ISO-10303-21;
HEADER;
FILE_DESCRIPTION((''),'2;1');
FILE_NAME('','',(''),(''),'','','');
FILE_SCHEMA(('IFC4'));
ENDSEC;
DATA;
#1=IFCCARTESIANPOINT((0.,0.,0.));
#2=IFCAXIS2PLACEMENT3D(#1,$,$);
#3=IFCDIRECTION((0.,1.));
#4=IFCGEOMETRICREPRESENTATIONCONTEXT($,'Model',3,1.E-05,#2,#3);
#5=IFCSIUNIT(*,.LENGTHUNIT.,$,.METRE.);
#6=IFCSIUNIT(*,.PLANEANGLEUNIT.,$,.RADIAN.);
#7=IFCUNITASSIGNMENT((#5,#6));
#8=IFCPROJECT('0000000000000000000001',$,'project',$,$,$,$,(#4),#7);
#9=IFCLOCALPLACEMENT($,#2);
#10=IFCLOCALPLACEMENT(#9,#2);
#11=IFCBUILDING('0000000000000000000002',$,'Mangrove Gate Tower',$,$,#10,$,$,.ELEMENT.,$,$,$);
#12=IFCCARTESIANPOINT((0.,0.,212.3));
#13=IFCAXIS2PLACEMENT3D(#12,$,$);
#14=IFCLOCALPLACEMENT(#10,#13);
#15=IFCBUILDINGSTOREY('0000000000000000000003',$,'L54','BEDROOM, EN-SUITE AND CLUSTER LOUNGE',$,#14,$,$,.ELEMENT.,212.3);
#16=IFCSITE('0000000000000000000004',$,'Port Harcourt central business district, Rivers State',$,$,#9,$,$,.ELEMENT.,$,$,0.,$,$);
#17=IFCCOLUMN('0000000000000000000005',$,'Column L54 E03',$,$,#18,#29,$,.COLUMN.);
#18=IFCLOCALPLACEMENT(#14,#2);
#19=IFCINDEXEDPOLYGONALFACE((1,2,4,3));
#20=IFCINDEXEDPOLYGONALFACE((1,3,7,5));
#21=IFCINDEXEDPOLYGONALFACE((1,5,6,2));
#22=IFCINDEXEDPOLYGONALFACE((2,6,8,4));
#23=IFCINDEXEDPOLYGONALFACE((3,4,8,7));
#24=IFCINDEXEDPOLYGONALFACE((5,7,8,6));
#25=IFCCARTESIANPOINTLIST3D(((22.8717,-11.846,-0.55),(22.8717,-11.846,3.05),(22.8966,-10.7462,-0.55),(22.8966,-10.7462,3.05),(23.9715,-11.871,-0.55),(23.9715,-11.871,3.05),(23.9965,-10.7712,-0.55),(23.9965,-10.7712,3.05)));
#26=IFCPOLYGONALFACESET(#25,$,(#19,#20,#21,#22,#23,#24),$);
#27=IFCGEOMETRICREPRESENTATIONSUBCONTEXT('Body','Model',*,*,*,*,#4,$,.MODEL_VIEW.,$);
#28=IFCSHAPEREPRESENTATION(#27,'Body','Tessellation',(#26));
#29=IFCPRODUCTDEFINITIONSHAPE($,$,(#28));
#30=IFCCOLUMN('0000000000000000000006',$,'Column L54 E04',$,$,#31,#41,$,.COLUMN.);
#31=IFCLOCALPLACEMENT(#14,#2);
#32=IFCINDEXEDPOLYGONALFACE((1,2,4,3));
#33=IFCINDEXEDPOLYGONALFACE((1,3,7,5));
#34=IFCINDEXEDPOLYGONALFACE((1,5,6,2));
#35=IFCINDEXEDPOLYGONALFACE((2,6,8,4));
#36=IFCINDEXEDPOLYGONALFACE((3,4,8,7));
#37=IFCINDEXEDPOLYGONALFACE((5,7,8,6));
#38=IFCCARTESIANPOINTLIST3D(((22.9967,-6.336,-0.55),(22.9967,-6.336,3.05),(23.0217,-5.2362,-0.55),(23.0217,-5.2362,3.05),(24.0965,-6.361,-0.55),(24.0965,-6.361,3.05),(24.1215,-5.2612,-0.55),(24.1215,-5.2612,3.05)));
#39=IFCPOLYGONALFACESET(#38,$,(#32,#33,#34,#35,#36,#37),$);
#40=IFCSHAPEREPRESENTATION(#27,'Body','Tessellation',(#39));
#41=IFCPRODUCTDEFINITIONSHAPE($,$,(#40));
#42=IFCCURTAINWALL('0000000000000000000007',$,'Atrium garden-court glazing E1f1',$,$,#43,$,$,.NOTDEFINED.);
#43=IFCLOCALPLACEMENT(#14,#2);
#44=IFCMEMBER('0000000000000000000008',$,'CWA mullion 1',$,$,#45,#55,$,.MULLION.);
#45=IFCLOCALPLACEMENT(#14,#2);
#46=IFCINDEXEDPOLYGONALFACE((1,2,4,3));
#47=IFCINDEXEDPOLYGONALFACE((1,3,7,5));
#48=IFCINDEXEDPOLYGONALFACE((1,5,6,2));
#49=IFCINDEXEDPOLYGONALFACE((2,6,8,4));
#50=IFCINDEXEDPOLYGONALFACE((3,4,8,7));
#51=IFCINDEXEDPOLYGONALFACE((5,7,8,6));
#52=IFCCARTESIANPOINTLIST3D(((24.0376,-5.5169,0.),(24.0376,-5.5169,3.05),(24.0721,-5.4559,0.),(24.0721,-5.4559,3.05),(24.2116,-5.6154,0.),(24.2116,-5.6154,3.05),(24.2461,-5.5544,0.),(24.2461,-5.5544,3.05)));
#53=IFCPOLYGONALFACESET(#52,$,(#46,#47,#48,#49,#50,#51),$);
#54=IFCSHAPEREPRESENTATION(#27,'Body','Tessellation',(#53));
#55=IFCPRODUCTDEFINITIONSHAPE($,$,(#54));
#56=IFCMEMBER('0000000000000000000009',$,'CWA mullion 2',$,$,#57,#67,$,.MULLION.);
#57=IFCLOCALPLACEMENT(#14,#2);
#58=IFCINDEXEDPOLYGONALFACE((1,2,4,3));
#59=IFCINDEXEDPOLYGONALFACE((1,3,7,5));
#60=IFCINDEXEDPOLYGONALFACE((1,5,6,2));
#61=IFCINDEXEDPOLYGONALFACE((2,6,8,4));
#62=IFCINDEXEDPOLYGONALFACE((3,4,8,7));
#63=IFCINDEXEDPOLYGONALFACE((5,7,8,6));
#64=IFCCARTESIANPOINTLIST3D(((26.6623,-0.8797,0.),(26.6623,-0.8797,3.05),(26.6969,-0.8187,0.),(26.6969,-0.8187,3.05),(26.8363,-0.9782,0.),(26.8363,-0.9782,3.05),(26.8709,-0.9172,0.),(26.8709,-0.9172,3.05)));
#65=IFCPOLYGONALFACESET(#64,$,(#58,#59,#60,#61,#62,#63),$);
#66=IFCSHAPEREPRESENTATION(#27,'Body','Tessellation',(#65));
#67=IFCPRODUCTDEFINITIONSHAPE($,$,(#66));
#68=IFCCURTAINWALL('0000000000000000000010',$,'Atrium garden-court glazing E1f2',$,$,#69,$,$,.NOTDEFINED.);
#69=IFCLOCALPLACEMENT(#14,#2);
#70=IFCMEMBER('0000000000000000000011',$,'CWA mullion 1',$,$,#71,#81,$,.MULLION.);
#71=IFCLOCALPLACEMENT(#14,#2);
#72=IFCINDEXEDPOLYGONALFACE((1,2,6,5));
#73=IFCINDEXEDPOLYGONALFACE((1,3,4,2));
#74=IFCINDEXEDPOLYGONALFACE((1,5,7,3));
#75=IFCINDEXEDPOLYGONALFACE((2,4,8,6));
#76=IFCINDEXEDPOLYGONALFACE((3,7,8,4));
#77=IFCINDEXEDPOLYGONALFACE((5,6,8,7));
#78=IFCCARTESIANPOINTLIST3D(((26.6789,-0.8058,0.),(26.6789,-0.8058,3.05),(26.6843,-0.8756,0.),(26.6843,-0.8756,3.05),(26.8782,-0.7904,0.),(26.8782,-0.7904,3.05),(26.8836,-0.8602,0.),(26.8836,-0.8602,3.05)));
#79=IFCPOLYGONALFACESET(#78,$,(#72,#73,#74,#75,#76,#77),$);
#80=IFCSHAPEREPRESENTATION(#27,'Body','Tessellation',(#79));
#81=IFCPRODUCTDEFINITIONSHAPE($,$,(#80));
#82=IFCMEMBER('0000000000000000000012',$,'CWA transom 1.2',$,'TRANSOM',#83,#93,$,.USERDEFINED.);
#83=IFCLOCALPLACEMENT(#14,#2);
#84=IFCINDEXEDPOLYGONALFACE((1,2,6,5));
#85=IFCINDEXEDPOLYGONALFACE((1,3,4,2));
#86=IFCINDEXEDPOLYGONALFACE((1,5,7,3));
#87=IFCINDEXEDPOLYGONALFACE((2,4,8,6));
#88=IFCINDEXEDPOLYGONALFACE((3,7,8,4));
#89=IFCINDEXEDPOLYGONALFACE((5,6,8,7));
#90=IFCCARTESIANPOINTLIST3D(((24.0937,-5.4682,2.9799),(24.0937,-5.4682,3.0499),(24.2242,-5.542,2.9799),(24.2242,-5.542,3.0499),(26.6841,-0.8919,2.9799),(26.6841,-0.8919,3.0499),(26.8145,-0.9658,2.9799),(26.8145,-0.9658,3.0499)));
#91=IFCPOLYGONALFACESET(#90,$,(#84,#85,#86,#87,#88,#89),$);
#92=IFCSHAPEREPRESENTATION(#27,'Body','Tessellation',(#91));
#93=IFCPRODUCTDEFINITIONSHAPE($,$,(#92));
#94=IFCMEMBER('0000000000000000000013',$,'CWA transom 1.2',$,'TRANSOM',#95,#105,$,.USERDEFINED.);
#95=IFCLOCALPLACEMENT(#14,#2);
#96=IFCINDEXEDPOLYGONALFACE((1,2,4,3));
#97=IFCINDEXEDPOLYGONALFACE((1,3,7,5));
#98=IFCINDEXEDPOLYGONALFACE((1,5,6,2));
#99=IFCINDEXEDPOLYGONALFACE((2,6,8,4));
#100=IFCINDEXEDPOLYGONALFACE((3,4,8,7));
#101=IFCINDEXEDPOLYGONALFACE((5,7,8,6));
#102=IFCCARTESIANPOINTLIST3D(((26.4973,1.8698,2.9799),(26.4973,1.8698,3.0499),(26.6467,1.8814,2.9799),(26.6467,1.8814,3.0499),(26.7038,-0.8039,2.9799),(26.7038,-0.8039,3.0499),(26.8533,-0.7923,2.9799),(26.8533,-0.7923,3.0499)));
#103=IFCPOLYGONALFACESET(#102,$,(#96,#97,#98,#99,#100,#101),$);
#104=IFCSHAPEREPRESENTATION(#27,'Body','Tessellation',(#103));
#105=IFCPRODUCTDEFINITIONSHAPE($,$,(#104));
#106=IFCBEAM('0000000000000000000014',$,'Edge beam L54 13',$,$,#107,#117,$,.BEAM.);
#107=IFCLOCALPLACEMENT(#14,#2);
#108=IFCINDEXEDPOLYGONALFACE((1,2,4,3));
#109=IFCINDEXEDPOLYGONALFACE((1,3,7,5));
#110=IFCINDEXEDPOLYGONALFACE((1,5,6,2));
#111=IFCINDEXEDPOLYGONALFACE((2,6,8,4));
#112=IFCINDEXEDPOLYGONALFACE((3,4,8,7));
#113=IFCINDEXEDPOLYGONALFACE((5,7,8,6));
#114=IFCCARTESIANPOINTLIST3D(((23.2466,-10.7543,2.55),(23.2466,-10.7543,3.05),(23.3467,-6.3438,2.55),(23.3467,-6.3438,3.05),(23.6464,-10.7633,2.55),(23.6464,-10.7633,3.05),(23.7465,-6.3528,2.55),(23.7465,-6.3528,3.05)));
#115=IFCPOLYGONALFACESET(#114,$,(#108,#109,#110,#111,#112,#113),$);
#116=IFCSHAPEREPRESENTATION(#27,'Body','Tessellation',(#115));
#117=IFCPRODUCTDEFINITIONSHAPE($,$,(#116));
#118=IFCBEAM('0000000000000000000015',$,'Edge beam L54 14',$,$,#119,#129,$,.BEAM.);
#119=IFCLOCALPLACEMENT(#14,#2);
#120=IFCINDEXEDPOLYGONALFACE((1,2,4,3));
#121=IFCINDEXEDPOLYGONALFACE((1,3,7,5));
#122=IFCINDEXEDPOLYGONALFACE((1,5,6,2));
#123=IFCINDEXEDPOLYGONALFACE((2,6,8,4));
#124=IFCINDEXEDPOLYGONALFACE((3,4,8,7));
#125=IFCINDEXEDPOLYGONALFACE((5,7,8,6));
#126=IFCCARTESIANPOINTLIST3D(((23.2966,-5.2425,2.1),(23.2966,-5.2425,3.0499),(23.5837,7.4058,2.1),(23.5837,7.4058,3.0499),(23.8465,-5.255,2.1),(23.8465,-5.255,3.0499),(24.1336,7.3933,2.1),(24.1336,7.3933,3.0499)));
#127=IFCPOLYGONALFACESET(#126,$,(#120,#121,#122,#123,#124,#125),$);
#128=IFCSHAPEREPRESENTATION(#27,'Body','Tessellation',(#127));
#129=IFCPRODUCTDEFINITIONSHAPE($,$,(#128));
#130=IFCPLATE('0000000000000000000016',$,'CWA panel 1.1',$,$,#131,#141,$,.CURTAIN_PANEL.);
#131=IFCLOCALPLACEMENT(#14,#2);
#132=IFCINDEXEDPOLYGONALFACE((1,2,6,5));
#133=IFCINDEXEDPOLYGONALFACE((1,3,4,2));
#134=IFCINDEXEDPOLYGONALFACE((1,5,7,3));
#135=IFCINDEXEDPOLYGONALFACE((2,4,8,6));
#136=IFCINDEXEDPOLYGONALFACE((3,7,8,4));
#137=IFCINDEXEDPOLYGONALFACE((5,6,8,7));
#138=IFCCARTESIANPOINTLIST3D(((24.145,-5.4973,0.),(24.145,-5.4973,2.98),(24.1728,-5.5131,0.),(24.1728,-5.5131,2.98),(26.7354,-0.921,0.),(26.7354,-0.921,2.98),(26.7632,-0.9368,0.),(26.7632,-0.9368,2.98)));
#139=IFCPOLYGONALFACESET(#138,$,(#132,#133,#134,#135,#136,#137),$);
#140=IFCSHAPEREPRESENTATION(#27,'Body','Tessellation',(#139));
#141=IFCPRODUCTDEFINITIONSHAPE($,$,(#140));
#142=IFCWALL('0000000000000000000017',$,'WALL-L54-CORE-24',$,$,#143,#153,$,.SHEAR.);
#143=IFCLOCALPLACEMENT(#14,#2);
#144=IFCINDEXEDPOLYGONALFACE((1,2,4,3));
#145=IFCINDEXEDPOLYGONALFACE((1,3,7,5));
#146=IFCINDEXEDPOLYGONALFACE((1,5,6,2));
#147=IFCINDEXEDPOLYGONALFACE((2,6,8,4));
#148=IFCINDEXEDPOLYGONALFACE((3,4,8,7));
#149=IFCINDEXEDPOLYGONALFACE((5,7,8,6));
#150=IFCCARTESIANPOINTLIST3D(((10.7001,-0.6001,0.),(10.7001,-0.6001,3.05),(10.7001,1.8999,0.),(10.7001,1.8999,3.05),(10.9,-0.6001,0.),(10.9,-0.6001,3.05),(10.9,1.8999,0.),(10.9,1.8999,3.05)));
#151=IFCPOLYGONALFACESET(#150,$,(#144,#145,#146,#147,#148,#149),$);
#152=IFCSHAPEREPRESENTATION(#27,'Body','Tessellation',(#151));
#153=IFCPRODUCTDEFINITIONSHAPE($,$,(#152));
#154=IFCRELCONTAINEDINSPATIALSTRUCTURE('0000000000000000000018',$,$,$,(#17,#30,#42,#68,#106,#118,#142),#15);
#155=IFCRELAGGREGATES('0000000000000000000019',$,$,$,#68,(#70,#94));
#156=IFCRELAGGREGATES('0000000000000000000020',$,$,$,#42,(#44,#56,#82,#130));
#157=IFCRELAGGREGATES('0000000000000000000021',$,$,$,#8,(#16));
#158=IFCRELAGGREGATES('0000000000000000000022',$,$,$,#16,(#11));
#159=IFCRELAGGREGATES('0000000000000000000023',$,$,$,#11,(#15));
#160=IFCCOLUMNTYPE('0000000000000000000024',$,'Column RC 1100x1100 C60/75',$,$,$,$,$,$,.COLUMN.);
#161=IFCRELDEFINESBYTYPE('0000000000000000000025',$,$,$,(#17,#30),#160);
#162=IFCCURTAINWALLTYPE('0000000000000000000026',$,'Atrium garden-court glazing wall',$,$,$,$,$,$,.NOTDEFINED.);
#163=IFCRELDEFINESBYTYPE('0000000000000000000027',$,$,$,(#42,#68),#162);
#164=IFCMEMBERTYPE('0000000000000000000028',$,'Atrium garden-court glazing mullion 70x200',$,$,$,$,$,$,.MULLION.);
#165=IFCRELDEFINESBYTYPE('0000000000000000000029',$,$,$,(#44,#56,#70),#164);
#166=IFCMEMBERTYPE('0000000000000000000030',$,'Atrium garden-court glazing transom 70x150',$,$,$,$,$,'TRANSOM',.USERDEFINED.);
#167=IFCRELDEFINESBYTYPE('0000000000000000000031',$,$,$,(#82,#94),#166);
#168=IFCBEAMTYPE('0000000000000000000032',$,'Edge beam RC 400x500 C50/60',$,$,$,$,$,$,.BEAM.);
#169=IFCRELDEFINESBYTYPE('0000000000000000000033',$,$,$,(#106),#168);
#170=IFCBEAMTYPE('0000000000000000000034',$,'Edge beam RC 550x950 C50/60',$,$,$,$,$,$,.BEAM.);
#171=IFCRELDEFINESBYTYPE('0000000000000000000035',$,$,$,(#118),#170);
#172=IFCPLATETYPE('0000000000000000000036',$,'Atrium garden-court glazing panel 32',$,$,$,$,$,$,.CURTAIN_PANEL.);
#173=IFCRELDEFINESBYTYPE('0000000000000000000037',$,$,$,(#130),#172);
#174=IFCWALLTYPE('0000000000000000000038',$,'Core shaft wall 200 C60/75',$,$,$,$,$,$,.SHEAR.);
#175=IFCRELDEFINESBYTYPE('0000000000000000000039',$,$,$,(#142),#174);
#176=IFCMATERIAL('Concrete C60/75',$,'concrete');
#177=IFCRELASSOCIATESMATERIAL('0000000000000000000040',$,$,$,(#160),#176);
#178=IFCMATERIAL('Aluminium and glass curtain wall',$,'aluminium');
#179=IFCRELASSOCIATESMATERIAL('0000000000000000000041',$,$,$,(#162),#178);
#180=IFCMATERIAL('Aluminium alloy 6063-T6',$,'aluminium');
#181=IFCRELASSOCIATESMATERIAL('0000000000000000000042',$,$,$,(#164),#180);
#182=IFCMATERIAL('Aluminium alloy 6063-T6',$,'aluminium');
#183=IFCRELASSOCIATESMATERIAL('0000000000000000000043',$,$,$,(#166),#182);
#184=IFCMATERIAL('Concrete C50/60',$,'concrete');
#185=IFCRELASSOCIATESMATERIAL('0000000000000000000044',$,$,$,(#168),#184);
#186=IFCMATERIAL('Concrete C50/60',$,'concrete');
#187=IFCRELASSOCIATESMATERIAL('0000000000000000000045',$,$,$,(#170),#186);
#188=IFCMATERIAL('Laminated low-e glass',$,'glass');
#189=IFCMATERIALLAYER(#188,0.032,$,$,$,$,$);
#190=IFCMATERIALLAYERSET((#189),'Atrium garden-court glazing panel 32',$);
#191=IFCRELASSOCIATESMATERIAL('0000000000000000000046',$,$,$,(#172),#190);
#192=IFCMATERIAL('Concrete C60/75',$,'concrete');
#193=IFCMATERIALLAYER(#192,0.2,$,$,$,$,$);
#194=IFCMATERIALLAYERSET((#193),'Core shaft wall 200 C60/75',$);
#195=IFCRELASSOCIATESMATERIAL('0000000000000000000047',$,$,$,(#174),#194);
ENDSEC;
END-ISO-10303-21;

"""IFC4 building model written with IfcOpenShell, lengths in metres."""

from ifc_helpers import new_model, si_unit, direction, frame, frame_2d, origin, origin_2d, place, context, subcontext, project, spatial, rectangle, extrude, material, layer, layer_set, material_profile, profile_set, type_object, element, aggregate, save


model = new_model("IFC4")

# Units and contexts
model_context = context("Model", 3, precision=1e-05, world=origin(), true_north=direction((0.0, 1.0)))
body_context = subcontext(model_context, "Body", "Model", "MODEL_VIEW")
ifc_project = project(units=[si_unit("LENGTHUNIT", "METRE"), si_unit("PLANEANGLEUNIT", "RADIAN")], contexts=[model_context])

# Site, building, storey
site_placement = place(None, origin())
site = spatial("IfcSite", under=ifc_project, at=site_placement, Name="Port Harcourt central business district, Rivers State", CompositionType="ELEMENT", RefElevation=0.0)
building_placement = place(site_placement, origin())
building = spatial("IfcBuilding", under=site, at=building_placement, Name="Mangrove Gate Tower", CompositionType="ELEMENT")
storey_placement = place(building_placement, frame((0.0, 0.0, 212.3)))
storey = spatial("IfcBuildingStorey", under=building, at=storey_placement, Name="L54", Description="BEDROOM, EN-SUITE AND CLUSTER LOUNGE", CompositionType="ELEMENT", Elevation=212.3)

# Columns
ifc_material_1 = material(Name="Concrete C60/75", Category="concrete")
ifc_material_profile_1 = material_profile(ifc_material_1, rectangle(XDim=1.1001, YDim=1.1001, at=origin_2d()))
ifc_profile_set_1 = profile_set([ifc_material_profile_1], Name="Concrete C60/75")
column_type = type_object("IfcColumnType", Name="Column RC 1100x1100 C60/75", PredefinedType="COLUMN", material=ifc_profile_set_1)
for number, where, z_axis, x_axis, name in (
    (1, (23.4341, -11.3086, -0.55), (0.0, 0.0, 1.0), (0.022678, 0.999743, 0.0), "Column L54 E03"),
    (2, (23.5591, -5.7986, -0.55), (0.0, 0.0, 1.0), (0.022686, 0.999743, 0.0), "Column L54 E04"),
):
    element("IfcColumn", number, at=place(storey_placement, frame(where, z_axis=z_axis, x_axis=x_axis)), inside=storey, type_object=column_type, Name=name, PredefinedType="COLUMN", context=body_context, shape_type="SweptSolid", body=[
        extrude(rectangle(XDim=1.1001, YDim=1.1001, at=origin_2d()), origin(), (0.0, 0.0, 1.0), 3.6001),
    ])

# Curtain wall, members
ifc_material_2 = material(Name="Aluminium and glass curtain wall", Category="aluminium")
curtain_wall_type = type_object("IfcCurtainWallType", Name="Atrium garden-court glazing wall", PredefinedType="NOTDEFINED", material=ifc_material_2)
curtain_wall_1_placement = place(storey_placement, origin())
curtain_wall_1 = element("IfcCurtainWall", 3, at=curtain_wall_1_placement, inside=storey, type_object=curtain_wall_type, Name="Atrium garden-court glazing E1f1", PredefinedType="NOTDEFINED")
ifc_material_3 = material(Name="Aluminium alloy 6063-T6", Category="aluminium")
ifc_material_profile_2 = material_profile(ifc_material_3, rectangle(XDim=0.0701, YDim=0.2, at=origin_2d()))
ifc_profile_set_2 = profile_set([ifc_material_profile_2], Name="Aluminium alloy 6063-T6")
member_type_1 = type_object("IfcMemberType", Name="Atrium garden-court glazing mullion 70x200", PredefinedType="MULLION", material=ifc_profile_set_2)
member_1_placement = place(storey_placement, frame((24.1418, -5.5356, 0.0), z_axis=(0.0, 0.0, 1.0), x_axis=(0.4926, 0.870256, 0.0)))
member_1 = element("IfcMember", 4, at=member_1_placement, type_object=member_type_1, Name="CWA mullion 1", PredefinedType="MULLION", context=body_context, shape_type="SweptSolid", body=[
    extrude(rectangle(XDim=0.0701, YDim=0.2, at=origin_2d()), origin(), (0.0, 0.0, 1.0), 3.05),
])
member_2_placement = place(storey_placement, frame((26.7666, -0.8984, 0.0), z_axis=(0.0, 0.0, 1.0), x_axis=(0.4926, 0.870256, 0.0)))
member_2 = element("IfcMember", 5, at=member_2_placement, type_object=member_type_1, Name="CWA mullion 2", PredefinedType="MULLION", context=body_context, shape_type="SweptSolid", body=[
    extrude(rectangle(XDim=0.0701, YDim=0.2, at=origin_2d()), origin(), (0.0, 0.0, 1.0), 3.05),
])

# Curtain wall, member
curtain_wall_2_placement = place(storey_placement, origin())
curtain_wall_2 = element("IfcCurtainWall", 6, at=curtain_wall_2_placement, inside=storey, type_object=curtain_wall_type, Name="Atrium garden-court glazing E1f2", PredefinedType="NOTDEFINED")
member_3_placement = place(storey_placement, frame((26.7812, -0.833, 0.0), z_axis=(0.0, 0.0, 1.0), x_axis=(-0.077023, 0.997029, 0.0)))
member_3 = element("IfcMember", 7, at=member_3_placement, type_object=member_type_1, Name="CWA mullion 1", PredefinedType="MULLION", context=body_context, shape_type="SweptSolid", body=[
    extrude(rectangle(XDim=0.0701, YDim=0.2, at=origin_2d()), origin(), (0.0, 0.0, 1.0), 3.05),
])

# Members
ifc_material_4 = material(Name="Aluminium alloy 6063-T6", Category="aluminium")
ifc_material_profile_3 = material_profile(ifc_material_4, rectangle(XDim=0.0701, YDim=0.1499, at=origin_2d()))
ifc_profile_set_3 = profile_set([ifc_material_profile_3], Name="Aluminium alloy 6063-T6")
member_type_2 = type_object("IfcMemberType", Name="Atrium garden-court glazing transom 70x150", ElementType="TRANSOM", PredefinedType="USERDEFINED", material=ifc_profile_set_3)
member_4_placement = place(storey_placement, frame((24.1589, -5.5051, 3.0149), z_axis=(0.492605, 0.870253, 0.0), x_axis=(0.0, 0.0, 1.0)))
member_4 = element("IfcMember", 8, at=member_4_placement, type_object=member_type_2, Name="CWA transom 1.2", ObjectType="TRANSOM", PredefinedType="USERDEFINED", context=body_context, shape_type="SweptSolid", body=[
    extrude(rectangle(XDim=0.0701, YDim=0.1499, at=origin_2d()), origin(), (0.0, 0.0, 1.0), 5.2585),
])
member_5_placement = place(storey_placement, frame((26.7786, -0.7981, 3.0149), z_axis=(-0.077024, 0.997029, 0.0), x_axis=(0.0, 0.0, 1.0)))
member_5 = element("IfcMember", 9, at=member_5_placement, type_object=member_type_2, Name="CWA transom 1.2", ObjectType="TRANSOM", PredefinedType="USERDEFINED", context=body_context, shape_type="SweptSolid", body=[
    extrude(rectangle(XDim=0.0701, YDim=0.1499, at=origin_2d()), origin(), (0.0, 0.0, 1.0), 2.6816),
])
aggregate(curtain_wall_2, [member_3, member_5])

# Beams
ifc_material_5 = material(Name="Concrete C50/60", Category="concrete")
ifc_material_profile_4 = material_profile(ifc_material_5, rectangle(XDim=0.3999, YDim=0.5, at=origin_2d()))
ifc_profile_set_4 = profile_set([ifc_material_profile_4], Name="Concrete C50/60")
beam_type_1 = type_object("IfcBeamType", Name="Edge beam RC 400x500 C50/60", PredefinedType="BEAM", material=ifc_profile_set_4)
beam_1_placement = place(storey_placement, frame((23.4465, -10.7588, 2.8), z_axis=(0.02269, 0.999743, 0.0), x_axis=(-0.999743, 0.02269, 0.0)))
element("IfcBeam", 10, at=beam_1_placement, inside=storey, type_object=beam_type_1, Name="Edge beam L54 13", PredefinedType="BEAM", context=body_context, shape_type="SweptSolid", body=[
    extrude(rectangle(XDim=0.3999, YDim=0.5, at=origin_2d()), origin(), (0.0, 0.0, 1.0), 4.4116),
])
ifc_material_6 = material(Name="Concrete C50/60", Category="concrete")
ifc_material_profile_5 = material_profile(ifc_material_6, rectangle(XDim=0.55, YDim=0.95, at=origin_2d()))
ifc_profile_set_5 = profile_set([ifc_material_profile_5], Name="Concrete C50/60")
beam_type_2 = type_object("IfcBeamType", Name="Edge beam RC 550x950 C50/60", PredefinedType="BEAM", material=ifc_profile_set_5)
beam_2_placement = place(storey_placement, frame((23.5715, -5.2488, 2.575), z_axis=(0.022693, 0.999742, 0.0), x_axis=(-0.999742, 0.022693, 0.0)))
element("IfcBeam", 11, at=beam_2_placement, inside=storey, type_object=beam_type_2, Name="Edge beam L54 14", PredefinedType="BEAM", context=body_context, shape_type="SweptSolid", body=[
    extrude(rectangle(XDim=0.55, YDim=0.95, at=origin_2d()), origin(), (0.0, 0.0, 1.0), 12.6516),
])

# Plate
ifc_material_7 = material(Name="Laminated low-e glass", Category="glass")
ifc_layer_1 = layer(ifc_material_7, 0.032)
ifc_layer_set_1 = layer_set([ifc_layer_1], Name="Atrium garden-court glazing panel 32")
plate_type = type_object("IfcPlateType", Name="Atrium garden-court glazing panel 32", PredefinedType="CURTAIN_PANEL", material=ifc_layer_set_1)
plate_placement = place(storey_placement, frame((25.4541, -3.217, 0.0), z_axis=(0.0, 0.0, 1.0), x_axis=(0.4926, 0.870256, 0.0)))
plate = element("IfcPlate", 12, at=plate_placement, type_object=plate_type, Name="CWA panel 1.1", PredefinedType="CURTAIN_PANEL", context=body_context, shape_type="SweptSolid", body=[
    extrude(rectangle(XDim=5.2585, YDim=0.032, at=origin_2d()), origin(), (0.0, 0.0, 1.0), 2.98),
])
aggregate(curtain_wall_1, [member_1, member_2, member_4, plate])

# Wall
ifc_material_8 = material(Name="Concrete C60/75", Category="concrete")
ifc_layer_2 = layer(ifc_material_8, 0.2)
ifc_layer_set_2 = layer_set([ifc_layer_2], Name="Core shaft wall 200 C60/75")
wall_type_1 = type_object("IfcWallType", Name="Core shaft wall 200 C60/75", PredefinedType="SHEAR", material=ifc_layer_set_2)
wall_1_placement = place(storey_placement, frame((10.8, -0.6001, 0.0), z_axis=(0.0, 0.0, 1.0), x_axis=(0.0, 1.0, 0.0)))
element("IfcWall", 13, at=wall_1_placement, inside=storey, type_object=wall_type_1, Name="WALL-L54-CORE-24", PredefinedType="SHEAR", context=body_context, shape_type="SweptSolid", body=[
    extrude(rectangle(XDim=2.5, YDim=0.2, at=frame_2d((1.25, 0.0))), origin(), (0.0, 0.0, 1.0), 3.05),
])

save(model, "model.ifc")
